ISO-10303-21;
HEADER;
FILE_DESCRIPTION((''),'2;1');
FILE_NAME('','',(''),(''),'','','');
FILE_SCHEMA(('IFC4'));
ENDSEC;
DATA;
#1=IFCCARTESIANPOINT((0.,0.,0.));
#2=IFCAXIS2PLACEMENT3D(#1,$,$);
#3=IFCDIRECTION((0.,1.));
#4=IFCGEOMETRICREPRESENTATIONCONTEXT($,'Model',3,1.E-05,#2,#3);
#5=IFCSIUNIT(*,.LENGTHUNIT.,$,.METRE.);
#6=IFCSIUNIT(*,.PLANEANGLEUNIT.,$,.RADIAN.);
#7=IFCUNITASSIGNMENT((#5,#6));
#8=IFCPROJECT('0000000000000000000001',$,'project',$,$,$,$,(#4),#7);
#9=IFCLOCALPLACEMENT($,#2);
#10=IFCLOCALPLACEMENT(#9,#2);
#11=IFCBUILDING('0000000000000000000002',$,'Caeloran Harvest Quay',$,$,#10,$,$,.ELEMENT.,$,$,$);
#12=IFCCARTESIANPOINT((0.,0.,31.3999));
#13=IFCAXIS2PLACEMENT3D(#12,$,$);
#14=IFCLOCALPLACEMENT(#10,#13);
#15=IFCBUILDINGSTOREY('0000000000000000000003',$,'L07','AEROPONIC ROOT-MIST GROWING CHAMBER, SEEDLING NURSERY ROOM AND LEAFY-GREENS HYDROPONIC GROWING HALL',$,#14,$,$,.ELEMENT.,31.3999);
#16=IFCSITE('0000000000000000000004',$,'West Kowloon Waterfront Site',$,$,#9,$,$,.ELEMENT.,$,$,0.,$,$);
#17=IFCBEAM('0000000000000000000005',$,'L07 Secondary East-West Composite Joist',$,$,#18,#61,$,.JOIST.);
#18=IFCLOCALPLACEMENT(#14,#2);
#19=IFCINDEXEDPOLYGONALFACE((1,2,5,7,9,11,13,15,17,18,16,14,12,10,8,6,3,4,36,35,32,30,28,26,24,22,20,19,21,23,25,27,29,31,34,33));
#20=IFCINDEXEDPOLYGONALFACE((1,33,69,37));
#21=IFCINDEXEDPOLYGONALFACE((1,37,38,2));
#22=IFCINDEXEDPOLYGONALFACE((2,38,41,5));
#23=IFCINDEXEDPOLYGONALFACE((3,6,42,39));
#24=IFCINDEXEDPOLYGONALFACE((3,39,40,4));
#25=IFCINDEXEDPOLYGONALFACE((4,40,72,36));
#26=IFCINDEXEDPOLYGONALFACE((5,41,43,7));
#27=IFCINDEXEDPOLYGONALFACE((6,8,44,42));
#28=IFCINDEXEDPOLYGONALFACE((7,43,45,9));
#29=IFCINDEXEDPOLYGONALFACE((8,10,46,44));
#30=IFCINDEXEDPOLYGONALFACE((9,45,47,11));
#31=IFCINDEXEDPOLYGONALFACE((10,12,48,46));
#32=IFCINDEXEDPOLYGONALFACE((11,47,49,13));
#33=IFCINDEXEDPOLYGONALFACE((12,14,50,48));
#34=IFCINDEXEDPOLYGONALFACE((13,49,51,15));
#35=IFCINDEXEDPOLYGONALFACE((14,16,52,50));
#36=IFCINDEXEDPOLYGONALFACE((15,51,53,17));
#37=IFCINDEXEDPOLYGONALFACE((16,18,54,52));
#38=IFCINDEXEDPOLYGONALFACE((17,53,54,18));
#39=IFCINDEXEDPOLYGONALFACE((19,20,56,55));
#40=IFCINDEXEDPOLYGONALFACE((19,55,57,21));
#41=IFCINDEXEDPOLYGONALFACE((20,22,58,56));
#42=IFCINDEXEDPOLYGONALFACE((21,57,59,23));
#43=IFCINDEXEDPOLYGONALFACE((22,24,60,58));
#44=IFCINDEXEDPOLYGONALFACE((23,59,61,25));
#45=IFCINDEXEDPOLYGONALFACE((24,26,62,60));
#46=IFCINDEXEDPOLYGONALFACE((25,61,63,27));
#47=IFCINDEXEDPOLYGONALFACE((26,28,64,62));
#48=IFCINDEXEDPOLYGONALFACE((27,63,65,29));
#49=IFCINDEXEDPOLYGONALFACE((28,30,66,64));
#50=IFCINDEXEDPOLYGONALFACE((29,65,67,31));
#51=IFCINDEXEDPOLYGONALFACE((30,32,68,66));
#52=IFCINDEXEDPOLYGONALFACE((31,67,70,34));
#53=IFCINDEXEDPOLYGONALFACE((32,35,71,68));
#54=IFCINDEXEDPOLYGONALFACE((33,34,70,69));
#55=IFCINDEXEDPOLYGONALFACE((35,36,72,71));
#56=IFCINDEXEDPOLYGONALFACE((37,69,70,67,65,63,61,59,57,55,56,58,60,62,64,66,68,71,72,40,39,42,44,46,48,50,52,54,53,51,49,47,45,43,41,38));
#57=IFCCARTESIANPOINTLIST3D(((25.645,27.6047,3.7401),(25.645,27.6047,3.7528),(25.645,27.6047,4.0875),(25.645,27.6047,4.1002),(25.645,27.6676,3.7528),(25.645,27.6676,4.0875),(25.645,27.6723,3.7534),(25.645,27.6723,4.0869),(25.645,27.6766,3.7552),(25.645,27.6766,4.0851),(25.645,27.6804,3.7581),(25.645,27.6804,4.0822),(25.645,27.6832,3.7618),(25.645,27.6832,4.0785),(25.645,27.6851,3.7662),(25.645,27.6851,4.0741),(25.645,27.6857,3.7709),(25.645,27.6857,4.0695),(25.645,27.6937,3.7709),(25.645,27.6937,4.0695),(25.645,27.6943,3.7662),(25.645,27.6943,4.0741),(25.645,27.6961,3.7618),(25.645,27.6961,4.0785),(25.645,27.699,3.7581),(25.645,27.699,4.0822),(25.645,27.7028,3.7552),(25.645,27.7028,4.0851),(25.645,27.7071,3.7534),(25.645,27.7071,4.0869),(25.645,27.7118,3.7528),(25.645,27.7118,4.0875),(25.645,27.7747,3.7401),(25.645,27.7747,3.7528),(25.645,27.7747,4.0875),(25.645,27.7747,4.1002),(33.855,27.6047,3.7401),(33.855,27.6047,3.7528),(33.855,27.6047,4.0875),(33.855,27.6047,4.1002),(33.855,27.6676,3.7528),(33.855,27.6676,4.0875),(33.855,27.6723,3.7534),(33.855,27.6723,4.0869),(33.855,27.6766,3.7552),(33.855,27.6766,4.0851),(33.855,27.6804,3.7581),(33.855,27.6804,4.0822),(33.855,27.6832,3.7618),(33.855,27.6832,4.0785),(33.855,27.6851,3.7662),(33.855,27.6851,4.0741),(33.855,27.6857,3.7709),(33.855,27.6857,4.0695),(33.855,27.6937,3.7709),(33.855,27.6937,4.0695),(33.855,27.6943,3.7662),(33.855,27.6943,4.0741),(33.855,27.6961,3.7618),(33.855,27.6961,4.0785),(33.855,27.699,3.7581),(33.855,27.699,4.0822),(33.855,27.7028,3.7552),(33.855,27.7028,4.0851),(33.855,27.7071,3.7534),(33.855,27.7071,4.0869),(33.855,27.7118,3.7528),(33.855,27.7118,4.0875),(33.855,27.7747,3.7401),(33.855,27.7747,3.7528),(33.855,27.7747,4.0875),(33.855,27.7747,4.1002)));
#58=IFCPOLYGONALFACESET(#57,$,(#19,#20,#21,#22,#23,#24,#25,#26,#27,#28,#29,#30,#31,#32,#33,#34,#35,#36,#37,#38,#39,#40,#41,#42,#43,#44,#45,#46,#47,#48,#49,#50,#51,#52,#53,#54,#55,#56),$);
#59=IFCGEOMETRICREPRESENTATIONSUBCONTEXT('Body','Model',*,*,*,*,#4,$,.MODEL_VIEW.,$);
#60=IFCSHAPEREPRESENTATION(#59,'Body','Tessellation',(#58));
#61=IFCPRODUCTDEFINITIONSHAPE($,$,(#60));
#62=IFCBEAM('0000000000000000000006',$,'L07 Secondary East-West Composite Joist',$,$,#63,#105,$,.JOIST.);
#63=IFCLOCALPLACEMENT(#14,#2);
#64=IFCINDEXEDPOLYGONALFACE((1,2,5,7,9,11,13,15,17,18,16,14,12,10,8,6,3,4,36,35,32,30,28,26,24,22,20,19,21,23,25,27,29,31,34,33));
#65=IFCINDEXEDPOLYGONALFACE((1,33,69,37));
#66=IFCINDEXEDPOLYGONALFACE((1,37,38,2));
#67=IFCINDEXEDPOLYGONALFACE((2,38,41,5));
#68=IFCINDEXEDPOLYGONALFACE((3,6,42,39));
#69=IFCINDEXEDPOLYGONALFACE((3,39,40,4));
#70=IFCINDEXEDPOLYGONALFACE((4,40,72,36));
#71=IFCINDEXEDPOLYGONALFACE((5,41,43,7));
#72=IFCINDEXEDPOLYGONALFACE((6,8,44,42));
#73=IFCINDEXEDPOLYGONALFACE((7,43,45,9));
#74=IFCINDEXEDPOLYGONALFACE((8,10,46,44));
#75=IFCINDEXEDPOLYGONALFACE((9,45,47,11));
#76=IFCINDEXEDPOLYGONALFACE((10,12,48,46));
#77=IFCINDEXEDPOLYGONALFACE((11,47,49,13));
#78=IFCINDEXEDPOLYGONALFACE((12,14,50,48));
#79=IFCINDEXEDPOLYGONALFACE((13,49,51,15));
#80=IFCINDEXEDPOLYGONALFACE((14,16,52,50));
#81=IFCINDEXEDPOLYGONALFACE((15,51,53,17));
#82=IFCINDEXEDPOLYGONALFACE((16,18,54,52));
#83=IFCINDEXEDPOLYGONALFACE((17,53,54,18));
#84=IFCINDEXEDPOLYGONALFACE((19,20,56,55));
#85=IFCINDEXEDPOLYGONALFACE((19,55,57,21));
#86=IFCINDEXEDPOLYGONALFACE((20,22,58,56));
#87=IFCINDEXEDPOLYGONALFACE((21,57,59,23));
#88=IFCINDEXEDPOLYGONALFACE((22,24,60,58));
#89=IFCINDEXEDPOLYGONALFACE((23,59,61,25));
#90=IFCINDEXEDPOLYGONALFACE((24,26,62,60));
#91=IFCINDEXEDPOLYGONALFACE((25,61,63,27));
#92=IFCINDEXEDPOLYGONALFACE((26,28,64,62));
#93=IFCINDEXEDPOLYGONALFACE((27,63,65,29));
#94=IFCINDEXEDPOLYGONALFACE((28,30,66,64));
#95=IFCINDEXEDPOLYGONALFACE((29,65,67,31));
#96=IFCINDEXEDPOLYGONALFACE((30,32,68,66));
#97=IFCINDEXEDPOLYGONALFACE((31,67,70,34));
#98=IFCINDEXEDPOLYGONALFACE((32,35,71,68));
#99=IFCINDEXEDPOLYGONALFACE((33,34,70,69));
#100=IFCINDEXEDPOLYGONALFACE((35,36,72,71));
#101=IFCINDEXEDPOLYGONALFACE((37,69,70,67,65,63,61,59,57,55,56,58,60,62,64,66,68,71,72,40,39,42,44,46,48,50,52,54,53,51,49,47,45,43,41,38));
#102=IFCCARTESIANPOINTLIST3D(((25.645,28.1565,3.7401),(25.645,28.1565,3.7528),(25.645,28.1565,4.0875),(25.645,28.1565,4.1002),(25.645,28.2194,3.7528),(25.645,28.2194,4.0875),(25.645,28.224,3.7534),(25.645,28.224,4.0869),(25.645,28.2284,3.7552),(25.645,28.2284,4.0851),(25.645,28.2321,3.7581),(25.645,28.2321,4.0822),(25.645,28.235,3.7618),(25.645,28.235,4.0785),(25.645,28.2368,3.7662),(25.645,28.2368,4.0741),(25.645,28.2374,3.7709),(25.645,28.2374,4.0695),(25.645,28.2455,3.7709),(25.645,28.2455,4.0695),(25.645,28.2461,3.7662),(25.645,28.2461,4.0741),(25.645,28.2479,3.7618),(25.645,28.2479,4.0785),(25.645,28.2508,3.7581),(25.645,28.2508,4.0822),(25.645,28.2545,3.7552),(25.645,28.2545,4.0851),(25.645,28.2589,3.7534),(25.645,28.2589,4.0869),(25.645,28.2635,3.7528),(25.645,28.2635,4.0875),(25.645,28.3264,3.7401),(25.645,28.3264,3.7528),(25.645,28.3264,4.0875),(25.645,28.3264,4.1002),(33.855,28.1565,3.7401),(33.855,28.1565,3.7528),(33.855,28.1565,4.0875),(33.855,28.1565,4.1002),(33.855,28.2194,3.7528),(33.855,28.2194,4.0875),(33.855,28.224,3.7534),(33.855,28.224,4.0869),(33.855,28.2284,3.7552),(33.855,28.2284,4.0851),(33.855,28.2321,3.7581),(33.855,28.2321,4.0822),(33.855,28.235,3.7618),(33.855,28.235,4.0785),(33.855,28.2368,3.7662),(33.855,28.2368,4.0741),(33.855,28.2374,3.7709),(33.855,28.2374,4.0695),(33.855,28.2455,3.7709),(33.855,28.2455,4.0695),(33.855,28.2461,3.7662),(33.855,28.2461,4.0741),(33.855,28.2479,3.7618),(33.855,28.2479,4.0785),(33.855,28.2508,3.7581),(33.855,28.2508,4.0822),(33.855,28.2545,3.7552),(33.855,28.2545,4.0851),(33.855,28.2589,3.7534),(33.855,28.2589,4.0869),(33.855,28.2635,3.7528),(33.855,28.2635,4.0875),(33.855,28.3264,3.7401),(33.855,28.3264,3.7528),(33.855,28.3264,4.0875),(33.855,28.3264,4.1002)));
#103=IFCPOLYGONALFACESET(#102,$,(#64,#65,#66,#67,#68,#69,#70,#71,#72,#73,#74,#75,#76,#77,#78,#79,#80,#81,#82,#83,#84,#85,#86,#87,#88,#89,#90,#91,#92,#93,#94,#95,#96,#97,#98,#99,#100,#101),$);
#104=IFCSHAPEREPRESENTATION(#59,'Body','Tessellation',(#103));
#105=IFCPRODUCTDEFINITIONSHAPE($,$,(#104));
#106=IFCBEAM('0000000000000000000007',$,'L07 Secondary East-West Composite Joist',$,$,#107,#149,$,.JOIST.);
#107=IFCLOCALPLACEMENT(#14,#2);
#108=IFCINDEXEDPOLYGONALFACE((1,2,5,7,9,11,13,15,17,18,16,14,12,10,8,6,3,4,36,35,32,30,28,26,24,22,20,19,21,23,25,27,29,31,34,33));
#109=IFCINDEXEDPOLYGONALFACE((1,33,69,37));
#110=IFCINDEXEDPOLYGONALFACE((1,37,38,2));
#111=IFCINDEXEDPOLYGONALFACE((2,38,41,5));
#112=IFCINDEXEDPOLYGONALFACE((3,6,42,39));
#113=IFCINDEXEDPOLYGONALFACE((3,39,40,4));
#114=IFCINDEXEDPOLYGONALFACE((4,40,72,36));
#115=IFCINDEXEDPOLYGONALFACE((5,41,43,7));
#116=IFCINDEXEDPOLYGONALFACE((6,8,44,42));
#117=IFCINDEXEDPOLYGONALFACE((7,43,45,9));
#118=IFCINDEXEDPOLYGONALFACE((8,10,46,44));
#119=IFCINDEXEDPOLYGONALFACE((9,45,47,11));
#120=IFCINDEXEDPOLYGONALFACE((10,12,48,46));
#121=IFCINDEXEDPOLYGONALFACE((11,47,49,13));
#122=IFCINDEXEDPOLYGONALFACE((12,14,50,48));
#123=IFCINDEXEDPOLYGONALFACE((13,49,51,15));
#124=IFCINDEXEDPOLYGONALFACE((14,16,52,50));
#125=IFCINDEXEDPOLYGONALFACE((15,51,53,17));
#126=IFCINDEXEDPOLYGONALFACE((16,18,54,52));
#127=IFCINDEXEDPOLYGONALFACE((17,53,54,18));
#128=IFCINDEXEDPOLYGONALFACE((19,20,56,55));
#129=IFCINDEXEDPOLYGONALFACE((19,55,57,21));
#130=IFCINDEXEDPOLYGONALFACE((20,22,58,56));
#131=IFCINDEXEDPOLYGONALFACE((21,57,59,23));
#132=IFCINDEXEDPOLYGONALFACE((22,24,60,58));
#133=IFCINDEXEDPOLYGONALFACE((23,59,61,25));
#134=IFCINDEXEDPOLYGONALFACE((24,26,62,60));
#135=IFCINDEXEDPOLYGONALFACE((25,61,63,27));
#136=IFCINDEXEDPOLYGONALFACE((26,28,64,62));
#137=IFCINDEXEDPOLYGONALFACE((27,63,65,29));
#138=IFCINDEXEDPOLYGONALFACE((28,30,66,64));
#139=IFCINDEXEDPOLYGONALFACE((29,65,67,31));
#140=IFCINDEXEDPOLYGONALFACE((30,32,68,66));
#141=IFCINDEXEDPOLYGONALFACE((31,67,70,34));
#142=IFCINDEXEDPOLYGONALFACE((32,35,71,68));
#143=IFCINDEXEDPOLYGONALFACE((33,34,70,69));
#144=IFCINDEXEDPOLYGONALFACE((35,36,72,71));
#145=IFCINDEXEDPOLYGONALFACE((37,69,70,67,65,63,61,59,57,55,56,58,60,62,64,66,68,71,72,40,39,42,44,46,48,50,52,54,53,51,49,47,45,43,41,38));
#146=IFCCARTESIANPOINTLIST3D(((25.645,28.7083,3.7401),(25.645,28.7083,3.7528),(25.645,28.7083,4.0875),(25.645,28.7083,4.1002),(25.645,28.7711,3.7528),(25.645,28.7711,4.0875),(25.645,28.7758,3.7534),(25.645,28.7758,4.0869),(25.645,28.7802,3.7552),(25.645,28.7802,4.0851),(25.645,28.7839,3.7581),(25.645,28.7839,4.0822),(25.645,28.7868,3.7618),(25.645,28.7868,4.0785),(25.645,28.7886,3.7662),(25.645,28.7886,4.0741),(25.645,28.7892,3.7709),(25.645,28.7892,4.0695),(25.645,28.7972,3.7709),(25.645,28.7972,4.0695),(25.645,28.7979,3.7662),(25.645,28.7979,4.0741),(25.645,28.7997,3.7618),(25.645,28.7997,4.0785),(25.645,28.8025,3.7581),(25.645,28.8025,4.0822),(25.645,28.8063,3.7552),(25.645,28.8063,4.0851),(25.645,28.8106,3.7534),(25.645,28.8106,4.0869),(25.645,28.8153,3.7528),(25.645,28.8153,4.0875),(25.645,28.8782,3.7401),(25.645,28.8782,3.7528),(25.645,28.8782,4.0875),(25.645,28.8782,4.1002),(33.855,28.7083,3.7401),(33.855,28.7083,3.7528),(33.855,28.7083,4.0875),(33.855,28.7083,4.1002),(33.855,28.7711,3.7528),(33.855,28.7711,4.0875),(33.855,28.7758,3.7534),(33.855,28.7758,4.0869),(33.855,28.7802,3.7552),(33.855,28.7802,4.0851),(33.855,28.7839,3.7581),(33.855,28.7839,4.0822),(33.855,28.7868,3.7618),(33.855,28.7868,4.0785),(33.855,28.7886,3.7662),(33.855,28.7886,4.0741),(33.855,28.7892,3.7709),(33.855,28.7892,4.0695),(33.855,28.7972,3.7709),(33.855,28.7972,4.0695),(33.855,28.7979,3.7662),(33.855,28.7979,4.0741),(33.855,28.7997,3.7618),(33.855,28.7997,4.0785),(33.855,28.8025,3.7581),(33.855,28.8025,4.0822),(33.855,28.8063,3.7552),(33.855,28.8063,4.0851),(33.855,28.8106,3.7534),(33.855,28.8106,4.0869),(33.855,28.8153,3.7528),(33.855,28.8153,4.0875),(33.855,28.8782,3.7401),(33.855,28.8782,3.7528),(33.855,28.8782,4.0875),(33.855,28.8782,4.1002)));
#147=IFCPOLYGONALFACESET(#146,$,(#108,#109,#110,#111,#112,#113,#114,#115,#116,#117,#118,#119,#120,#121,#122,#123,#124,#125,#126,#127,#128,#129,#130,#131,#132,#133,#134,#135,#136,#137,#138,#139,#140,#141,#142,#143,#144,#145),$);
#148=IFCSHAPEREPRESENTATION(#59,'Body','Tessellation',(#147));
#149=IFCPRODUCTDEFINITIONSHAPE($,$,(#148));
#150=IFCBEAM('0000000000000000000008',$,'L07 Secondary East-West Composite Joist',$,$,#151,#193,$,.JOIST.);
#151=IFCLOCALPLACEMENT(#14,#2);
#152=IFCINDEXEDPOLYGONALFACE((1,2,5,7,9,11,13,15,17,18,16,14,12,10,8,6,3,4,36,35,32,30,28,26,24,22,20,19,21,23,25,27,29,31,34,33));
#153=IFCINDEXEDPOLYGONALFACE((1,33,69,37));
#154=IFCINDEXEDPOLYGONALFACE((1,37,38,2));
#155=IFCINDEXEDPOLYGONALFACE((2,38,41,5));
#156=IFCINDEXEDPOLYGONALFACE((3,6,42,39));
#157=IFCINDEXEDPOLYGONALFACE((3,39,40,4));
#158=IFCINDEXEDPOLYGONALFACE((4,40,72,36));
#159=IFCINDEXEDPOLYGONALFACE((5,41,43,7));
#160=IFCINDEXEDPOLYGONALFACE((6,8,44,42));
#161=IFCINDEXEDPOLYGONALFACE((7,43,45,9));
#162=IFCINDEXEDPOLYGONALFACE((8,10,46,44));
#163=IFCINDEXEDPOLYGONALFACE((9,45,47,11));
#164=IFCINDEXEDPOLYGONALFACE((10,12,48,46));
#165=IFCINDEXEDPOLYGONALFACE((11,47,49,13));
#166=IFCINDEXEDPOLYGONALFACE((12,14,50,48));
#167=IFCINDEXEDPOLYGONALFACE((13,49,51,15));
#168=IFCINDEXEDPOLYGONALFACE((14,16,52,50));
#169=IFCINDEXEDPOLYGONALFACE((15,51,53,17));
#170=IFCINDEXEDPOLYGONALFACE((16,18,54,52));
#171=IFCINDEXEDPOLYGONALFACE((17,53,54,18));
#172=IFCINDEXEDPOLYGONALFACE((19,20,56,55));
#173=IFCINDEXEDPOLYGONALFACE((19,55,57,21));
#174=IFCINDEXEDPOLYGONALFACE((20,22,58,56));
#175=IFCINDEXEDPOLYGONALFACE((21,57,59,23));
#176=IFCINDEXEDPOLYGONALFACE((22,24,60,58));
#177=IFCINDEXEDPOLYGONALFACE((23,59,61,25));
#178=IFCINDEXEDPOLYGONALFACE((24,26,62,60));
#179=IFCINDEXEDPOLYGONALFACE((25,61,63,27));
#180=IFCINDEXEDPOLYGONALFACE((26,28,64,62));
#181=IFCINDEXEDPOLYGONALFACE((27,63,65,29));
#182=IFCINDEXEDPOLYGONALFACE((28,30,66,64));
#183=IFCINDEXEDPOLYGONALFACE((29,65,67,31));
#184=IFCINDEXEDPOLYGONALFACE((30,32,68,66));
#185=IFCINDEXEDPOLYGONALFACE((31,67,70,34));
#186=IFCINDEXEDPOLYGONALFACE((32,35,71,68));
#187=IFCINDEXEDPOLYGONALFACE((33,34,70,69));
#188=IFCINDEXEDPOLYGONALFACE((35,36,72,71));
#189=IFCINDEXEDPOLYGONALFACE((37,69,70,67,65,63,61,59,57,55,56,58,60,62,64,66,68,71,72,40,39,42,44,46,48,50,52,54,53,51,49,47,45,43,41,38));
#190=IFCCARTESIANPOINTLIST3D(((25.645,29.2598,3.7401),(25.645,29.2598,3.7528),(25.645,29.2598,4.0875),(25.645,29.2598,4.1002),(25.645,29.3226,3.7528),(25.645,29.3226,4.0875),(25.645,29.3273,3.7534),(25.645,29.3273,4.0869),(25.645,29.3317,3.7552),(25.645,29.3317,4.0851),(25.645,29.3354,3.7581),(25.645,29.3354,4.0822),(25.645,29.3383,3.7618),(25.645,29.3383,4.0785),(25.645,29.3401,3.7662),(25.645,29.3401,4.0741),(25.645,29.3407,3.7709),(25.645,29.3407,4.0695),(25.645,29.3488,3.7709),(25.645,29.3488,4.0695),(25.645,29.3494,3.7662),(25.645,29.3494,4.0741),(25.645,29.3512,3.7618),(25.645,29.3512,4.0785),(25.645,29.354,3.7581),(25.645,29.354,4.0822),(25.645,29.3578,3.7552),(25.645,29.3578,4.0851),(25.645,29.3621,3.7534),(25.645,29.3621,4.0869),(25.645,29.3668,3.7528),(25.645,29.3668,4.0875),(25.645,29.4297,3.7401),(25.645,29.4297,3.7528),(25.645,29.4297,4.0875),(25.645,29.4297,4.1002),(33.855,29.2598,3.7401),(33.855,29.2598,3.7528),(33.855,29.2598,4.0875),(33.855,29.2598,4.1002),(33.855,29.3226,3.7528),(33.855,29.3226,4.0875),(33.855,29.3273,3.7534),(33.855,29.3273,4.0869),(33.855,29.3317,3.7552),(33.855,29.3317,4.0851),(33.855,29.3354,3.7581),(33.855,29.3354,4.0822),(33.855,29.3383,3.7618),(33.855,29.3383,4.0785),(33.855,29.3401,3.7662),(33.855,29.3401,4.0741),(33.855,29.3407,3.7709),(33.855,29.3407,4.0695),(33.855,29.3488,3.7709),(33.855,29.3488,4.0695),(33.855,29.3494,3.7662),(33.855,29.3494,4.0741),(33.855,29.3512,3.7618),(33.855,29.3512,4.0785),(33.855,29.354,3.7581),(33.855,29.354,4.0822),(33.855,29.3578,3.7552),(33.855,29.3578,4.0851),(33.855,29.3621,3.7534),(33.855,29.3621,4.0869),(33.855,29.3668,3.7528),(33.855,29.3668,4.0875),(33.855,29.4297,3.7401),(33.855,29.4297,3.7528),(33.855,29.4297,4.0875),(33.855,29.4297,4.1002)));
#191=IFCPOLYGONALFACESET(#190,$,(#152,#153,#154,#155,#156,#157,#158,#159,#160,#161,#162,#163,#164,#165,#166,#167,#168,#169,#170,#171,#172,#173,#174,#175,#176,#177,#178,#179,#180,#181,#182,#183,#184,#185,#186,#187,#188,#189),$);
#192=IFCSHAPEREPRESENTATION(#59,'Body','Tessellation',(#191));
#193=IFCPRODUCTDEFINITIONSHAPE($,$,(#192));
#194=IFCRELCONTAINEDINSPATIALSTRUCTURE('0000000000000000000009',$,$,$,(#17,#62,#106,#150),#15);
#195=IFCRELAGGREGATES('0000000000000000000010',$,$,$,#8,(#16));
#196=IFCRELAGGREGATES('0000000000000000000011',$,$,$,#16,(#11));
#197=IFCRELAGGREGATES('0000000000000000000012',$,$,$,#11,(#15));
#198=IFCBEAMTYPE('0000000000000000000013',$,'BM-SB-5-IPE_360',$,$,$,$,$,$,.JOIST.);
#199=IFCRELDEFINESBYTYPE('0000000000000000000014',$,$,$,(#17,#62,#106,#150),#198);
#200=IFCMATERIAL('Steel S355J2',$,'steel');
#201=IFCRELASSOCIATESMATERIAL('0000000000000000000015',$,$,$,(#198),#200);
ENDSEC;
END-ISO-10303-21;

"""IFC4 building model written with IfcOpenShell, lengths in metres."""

from ifc_helpers import new_model, si_unit, direction, frame, origin, origin_2d, place, context, subcontext, project, spatial, i_section, extrude, material, material_profile, profile_set, type_object, element, save


model = new_model("IFC4")

# Units and contexts
model_context = context("Model", 3, precision=1e-05, world=origin(), true_north=direction((0.0, 1.0)))
body_context = subcontext(model_context, "Body", "Model", "MODEL_VIEW")
ifc_project = project(units=[si_unit("LENGTHUNIT", "METRE"), si_unit("PLANEANGLEUNIT", "RADIAN")], contexts=[model_context])

# Site, building, storey
site_placement = place(None, origin())
site = spatial("IfcSite", under=ifc_project, at=site_placement, Name="West Kowloon Waterfront Site", CompositionType="ELEMENT", RefElevation=0.0)
building_placement = place(site_placement, origin())
building = spatial("IfcBuilding", under=site, at=building_placement, Name="Caeloran Harvest Quay", CompositionType="ELEMENT")
storey_placement = place(building_placement, frame((0.0, 0.0, 31.3999)))
storey = spatial("IfcBuildingStorey", under=building, at=storey_placement, Name="L07", Description="AEROPONIC ROOT-MIST GROWING CHAMBER, SEEDLING NURSERY ROOM AND LEAFY-GREENS HYDROPONIC GROWING HALL", CompositionType="ELEMENT", Elevation=31.3999)

# Beams
ifc_material_1 = material(Name="Steel S355J2", Category="steel")
ifc_material_profile_1 = material_profile(ifc_material_1, i_section(OverallWidth=0.1699, OverallDepth=0.3601, WebThickness=0.0081, FlangeThickness=0.0127, FilletRadius=0.0181, at=origin_2d()), Name="IPE 360")
ifc_profile_set_1 = profile_set([ifc_material_profile_1], Name="Steel S355J2")
beam_type_1 = type_object("IfcBeamType", Name="BM-SB-5-IPE_360", PredefinedType="JOIST", material=ifc_profile_set_1)
for number, where, z_axis, x_axis, name in (
    (1, (25.645, 27.6897, 3.9202), (1.0, 0.0, 0.0), (0.0, 1.0, 0.0), "L07 Secondary East-West Composite Joist"),
    (2, (25.645, 28.2415, 3.9202), (1.0, 0.0, 0.0), (0.0, 1.0, 0.0), "L07 Secondary East-West Composite Joist"),
    (3, (25.645, 28.7932, 3.9202), (1.0, 0.0, 0.0), (0.0, 1.0, 0.0), "L07 Secondary East-West Composite Joist"),
    (4, (25.645, 29.3447, 3.9202), (1.0, 0.0, 0.0), (0.0, 1.0, 0.0), "L07 Secondary East-West Composite Joist"),
):
    element("IfcBeam", number, at=place(storey_placement, frame(where, z_axis=z_axis, x_axis=x_axis)), inside=storey, type_object=beam_type_1, Name=name, PredefinedType="JOIST", context=body_context, shape_type="SweptSolid", body=[
        extrude(i_section(OverallWidth=0.1699, OverallDepth=0.3601, WebThickness=0.0081, FlangeThickness=0.0127, FilletRadius=0.0181, at=origin_2d()), origin(), (0.0, 0.0, 1.0), 8.21),
    ])

save(model, "model.ifc")
